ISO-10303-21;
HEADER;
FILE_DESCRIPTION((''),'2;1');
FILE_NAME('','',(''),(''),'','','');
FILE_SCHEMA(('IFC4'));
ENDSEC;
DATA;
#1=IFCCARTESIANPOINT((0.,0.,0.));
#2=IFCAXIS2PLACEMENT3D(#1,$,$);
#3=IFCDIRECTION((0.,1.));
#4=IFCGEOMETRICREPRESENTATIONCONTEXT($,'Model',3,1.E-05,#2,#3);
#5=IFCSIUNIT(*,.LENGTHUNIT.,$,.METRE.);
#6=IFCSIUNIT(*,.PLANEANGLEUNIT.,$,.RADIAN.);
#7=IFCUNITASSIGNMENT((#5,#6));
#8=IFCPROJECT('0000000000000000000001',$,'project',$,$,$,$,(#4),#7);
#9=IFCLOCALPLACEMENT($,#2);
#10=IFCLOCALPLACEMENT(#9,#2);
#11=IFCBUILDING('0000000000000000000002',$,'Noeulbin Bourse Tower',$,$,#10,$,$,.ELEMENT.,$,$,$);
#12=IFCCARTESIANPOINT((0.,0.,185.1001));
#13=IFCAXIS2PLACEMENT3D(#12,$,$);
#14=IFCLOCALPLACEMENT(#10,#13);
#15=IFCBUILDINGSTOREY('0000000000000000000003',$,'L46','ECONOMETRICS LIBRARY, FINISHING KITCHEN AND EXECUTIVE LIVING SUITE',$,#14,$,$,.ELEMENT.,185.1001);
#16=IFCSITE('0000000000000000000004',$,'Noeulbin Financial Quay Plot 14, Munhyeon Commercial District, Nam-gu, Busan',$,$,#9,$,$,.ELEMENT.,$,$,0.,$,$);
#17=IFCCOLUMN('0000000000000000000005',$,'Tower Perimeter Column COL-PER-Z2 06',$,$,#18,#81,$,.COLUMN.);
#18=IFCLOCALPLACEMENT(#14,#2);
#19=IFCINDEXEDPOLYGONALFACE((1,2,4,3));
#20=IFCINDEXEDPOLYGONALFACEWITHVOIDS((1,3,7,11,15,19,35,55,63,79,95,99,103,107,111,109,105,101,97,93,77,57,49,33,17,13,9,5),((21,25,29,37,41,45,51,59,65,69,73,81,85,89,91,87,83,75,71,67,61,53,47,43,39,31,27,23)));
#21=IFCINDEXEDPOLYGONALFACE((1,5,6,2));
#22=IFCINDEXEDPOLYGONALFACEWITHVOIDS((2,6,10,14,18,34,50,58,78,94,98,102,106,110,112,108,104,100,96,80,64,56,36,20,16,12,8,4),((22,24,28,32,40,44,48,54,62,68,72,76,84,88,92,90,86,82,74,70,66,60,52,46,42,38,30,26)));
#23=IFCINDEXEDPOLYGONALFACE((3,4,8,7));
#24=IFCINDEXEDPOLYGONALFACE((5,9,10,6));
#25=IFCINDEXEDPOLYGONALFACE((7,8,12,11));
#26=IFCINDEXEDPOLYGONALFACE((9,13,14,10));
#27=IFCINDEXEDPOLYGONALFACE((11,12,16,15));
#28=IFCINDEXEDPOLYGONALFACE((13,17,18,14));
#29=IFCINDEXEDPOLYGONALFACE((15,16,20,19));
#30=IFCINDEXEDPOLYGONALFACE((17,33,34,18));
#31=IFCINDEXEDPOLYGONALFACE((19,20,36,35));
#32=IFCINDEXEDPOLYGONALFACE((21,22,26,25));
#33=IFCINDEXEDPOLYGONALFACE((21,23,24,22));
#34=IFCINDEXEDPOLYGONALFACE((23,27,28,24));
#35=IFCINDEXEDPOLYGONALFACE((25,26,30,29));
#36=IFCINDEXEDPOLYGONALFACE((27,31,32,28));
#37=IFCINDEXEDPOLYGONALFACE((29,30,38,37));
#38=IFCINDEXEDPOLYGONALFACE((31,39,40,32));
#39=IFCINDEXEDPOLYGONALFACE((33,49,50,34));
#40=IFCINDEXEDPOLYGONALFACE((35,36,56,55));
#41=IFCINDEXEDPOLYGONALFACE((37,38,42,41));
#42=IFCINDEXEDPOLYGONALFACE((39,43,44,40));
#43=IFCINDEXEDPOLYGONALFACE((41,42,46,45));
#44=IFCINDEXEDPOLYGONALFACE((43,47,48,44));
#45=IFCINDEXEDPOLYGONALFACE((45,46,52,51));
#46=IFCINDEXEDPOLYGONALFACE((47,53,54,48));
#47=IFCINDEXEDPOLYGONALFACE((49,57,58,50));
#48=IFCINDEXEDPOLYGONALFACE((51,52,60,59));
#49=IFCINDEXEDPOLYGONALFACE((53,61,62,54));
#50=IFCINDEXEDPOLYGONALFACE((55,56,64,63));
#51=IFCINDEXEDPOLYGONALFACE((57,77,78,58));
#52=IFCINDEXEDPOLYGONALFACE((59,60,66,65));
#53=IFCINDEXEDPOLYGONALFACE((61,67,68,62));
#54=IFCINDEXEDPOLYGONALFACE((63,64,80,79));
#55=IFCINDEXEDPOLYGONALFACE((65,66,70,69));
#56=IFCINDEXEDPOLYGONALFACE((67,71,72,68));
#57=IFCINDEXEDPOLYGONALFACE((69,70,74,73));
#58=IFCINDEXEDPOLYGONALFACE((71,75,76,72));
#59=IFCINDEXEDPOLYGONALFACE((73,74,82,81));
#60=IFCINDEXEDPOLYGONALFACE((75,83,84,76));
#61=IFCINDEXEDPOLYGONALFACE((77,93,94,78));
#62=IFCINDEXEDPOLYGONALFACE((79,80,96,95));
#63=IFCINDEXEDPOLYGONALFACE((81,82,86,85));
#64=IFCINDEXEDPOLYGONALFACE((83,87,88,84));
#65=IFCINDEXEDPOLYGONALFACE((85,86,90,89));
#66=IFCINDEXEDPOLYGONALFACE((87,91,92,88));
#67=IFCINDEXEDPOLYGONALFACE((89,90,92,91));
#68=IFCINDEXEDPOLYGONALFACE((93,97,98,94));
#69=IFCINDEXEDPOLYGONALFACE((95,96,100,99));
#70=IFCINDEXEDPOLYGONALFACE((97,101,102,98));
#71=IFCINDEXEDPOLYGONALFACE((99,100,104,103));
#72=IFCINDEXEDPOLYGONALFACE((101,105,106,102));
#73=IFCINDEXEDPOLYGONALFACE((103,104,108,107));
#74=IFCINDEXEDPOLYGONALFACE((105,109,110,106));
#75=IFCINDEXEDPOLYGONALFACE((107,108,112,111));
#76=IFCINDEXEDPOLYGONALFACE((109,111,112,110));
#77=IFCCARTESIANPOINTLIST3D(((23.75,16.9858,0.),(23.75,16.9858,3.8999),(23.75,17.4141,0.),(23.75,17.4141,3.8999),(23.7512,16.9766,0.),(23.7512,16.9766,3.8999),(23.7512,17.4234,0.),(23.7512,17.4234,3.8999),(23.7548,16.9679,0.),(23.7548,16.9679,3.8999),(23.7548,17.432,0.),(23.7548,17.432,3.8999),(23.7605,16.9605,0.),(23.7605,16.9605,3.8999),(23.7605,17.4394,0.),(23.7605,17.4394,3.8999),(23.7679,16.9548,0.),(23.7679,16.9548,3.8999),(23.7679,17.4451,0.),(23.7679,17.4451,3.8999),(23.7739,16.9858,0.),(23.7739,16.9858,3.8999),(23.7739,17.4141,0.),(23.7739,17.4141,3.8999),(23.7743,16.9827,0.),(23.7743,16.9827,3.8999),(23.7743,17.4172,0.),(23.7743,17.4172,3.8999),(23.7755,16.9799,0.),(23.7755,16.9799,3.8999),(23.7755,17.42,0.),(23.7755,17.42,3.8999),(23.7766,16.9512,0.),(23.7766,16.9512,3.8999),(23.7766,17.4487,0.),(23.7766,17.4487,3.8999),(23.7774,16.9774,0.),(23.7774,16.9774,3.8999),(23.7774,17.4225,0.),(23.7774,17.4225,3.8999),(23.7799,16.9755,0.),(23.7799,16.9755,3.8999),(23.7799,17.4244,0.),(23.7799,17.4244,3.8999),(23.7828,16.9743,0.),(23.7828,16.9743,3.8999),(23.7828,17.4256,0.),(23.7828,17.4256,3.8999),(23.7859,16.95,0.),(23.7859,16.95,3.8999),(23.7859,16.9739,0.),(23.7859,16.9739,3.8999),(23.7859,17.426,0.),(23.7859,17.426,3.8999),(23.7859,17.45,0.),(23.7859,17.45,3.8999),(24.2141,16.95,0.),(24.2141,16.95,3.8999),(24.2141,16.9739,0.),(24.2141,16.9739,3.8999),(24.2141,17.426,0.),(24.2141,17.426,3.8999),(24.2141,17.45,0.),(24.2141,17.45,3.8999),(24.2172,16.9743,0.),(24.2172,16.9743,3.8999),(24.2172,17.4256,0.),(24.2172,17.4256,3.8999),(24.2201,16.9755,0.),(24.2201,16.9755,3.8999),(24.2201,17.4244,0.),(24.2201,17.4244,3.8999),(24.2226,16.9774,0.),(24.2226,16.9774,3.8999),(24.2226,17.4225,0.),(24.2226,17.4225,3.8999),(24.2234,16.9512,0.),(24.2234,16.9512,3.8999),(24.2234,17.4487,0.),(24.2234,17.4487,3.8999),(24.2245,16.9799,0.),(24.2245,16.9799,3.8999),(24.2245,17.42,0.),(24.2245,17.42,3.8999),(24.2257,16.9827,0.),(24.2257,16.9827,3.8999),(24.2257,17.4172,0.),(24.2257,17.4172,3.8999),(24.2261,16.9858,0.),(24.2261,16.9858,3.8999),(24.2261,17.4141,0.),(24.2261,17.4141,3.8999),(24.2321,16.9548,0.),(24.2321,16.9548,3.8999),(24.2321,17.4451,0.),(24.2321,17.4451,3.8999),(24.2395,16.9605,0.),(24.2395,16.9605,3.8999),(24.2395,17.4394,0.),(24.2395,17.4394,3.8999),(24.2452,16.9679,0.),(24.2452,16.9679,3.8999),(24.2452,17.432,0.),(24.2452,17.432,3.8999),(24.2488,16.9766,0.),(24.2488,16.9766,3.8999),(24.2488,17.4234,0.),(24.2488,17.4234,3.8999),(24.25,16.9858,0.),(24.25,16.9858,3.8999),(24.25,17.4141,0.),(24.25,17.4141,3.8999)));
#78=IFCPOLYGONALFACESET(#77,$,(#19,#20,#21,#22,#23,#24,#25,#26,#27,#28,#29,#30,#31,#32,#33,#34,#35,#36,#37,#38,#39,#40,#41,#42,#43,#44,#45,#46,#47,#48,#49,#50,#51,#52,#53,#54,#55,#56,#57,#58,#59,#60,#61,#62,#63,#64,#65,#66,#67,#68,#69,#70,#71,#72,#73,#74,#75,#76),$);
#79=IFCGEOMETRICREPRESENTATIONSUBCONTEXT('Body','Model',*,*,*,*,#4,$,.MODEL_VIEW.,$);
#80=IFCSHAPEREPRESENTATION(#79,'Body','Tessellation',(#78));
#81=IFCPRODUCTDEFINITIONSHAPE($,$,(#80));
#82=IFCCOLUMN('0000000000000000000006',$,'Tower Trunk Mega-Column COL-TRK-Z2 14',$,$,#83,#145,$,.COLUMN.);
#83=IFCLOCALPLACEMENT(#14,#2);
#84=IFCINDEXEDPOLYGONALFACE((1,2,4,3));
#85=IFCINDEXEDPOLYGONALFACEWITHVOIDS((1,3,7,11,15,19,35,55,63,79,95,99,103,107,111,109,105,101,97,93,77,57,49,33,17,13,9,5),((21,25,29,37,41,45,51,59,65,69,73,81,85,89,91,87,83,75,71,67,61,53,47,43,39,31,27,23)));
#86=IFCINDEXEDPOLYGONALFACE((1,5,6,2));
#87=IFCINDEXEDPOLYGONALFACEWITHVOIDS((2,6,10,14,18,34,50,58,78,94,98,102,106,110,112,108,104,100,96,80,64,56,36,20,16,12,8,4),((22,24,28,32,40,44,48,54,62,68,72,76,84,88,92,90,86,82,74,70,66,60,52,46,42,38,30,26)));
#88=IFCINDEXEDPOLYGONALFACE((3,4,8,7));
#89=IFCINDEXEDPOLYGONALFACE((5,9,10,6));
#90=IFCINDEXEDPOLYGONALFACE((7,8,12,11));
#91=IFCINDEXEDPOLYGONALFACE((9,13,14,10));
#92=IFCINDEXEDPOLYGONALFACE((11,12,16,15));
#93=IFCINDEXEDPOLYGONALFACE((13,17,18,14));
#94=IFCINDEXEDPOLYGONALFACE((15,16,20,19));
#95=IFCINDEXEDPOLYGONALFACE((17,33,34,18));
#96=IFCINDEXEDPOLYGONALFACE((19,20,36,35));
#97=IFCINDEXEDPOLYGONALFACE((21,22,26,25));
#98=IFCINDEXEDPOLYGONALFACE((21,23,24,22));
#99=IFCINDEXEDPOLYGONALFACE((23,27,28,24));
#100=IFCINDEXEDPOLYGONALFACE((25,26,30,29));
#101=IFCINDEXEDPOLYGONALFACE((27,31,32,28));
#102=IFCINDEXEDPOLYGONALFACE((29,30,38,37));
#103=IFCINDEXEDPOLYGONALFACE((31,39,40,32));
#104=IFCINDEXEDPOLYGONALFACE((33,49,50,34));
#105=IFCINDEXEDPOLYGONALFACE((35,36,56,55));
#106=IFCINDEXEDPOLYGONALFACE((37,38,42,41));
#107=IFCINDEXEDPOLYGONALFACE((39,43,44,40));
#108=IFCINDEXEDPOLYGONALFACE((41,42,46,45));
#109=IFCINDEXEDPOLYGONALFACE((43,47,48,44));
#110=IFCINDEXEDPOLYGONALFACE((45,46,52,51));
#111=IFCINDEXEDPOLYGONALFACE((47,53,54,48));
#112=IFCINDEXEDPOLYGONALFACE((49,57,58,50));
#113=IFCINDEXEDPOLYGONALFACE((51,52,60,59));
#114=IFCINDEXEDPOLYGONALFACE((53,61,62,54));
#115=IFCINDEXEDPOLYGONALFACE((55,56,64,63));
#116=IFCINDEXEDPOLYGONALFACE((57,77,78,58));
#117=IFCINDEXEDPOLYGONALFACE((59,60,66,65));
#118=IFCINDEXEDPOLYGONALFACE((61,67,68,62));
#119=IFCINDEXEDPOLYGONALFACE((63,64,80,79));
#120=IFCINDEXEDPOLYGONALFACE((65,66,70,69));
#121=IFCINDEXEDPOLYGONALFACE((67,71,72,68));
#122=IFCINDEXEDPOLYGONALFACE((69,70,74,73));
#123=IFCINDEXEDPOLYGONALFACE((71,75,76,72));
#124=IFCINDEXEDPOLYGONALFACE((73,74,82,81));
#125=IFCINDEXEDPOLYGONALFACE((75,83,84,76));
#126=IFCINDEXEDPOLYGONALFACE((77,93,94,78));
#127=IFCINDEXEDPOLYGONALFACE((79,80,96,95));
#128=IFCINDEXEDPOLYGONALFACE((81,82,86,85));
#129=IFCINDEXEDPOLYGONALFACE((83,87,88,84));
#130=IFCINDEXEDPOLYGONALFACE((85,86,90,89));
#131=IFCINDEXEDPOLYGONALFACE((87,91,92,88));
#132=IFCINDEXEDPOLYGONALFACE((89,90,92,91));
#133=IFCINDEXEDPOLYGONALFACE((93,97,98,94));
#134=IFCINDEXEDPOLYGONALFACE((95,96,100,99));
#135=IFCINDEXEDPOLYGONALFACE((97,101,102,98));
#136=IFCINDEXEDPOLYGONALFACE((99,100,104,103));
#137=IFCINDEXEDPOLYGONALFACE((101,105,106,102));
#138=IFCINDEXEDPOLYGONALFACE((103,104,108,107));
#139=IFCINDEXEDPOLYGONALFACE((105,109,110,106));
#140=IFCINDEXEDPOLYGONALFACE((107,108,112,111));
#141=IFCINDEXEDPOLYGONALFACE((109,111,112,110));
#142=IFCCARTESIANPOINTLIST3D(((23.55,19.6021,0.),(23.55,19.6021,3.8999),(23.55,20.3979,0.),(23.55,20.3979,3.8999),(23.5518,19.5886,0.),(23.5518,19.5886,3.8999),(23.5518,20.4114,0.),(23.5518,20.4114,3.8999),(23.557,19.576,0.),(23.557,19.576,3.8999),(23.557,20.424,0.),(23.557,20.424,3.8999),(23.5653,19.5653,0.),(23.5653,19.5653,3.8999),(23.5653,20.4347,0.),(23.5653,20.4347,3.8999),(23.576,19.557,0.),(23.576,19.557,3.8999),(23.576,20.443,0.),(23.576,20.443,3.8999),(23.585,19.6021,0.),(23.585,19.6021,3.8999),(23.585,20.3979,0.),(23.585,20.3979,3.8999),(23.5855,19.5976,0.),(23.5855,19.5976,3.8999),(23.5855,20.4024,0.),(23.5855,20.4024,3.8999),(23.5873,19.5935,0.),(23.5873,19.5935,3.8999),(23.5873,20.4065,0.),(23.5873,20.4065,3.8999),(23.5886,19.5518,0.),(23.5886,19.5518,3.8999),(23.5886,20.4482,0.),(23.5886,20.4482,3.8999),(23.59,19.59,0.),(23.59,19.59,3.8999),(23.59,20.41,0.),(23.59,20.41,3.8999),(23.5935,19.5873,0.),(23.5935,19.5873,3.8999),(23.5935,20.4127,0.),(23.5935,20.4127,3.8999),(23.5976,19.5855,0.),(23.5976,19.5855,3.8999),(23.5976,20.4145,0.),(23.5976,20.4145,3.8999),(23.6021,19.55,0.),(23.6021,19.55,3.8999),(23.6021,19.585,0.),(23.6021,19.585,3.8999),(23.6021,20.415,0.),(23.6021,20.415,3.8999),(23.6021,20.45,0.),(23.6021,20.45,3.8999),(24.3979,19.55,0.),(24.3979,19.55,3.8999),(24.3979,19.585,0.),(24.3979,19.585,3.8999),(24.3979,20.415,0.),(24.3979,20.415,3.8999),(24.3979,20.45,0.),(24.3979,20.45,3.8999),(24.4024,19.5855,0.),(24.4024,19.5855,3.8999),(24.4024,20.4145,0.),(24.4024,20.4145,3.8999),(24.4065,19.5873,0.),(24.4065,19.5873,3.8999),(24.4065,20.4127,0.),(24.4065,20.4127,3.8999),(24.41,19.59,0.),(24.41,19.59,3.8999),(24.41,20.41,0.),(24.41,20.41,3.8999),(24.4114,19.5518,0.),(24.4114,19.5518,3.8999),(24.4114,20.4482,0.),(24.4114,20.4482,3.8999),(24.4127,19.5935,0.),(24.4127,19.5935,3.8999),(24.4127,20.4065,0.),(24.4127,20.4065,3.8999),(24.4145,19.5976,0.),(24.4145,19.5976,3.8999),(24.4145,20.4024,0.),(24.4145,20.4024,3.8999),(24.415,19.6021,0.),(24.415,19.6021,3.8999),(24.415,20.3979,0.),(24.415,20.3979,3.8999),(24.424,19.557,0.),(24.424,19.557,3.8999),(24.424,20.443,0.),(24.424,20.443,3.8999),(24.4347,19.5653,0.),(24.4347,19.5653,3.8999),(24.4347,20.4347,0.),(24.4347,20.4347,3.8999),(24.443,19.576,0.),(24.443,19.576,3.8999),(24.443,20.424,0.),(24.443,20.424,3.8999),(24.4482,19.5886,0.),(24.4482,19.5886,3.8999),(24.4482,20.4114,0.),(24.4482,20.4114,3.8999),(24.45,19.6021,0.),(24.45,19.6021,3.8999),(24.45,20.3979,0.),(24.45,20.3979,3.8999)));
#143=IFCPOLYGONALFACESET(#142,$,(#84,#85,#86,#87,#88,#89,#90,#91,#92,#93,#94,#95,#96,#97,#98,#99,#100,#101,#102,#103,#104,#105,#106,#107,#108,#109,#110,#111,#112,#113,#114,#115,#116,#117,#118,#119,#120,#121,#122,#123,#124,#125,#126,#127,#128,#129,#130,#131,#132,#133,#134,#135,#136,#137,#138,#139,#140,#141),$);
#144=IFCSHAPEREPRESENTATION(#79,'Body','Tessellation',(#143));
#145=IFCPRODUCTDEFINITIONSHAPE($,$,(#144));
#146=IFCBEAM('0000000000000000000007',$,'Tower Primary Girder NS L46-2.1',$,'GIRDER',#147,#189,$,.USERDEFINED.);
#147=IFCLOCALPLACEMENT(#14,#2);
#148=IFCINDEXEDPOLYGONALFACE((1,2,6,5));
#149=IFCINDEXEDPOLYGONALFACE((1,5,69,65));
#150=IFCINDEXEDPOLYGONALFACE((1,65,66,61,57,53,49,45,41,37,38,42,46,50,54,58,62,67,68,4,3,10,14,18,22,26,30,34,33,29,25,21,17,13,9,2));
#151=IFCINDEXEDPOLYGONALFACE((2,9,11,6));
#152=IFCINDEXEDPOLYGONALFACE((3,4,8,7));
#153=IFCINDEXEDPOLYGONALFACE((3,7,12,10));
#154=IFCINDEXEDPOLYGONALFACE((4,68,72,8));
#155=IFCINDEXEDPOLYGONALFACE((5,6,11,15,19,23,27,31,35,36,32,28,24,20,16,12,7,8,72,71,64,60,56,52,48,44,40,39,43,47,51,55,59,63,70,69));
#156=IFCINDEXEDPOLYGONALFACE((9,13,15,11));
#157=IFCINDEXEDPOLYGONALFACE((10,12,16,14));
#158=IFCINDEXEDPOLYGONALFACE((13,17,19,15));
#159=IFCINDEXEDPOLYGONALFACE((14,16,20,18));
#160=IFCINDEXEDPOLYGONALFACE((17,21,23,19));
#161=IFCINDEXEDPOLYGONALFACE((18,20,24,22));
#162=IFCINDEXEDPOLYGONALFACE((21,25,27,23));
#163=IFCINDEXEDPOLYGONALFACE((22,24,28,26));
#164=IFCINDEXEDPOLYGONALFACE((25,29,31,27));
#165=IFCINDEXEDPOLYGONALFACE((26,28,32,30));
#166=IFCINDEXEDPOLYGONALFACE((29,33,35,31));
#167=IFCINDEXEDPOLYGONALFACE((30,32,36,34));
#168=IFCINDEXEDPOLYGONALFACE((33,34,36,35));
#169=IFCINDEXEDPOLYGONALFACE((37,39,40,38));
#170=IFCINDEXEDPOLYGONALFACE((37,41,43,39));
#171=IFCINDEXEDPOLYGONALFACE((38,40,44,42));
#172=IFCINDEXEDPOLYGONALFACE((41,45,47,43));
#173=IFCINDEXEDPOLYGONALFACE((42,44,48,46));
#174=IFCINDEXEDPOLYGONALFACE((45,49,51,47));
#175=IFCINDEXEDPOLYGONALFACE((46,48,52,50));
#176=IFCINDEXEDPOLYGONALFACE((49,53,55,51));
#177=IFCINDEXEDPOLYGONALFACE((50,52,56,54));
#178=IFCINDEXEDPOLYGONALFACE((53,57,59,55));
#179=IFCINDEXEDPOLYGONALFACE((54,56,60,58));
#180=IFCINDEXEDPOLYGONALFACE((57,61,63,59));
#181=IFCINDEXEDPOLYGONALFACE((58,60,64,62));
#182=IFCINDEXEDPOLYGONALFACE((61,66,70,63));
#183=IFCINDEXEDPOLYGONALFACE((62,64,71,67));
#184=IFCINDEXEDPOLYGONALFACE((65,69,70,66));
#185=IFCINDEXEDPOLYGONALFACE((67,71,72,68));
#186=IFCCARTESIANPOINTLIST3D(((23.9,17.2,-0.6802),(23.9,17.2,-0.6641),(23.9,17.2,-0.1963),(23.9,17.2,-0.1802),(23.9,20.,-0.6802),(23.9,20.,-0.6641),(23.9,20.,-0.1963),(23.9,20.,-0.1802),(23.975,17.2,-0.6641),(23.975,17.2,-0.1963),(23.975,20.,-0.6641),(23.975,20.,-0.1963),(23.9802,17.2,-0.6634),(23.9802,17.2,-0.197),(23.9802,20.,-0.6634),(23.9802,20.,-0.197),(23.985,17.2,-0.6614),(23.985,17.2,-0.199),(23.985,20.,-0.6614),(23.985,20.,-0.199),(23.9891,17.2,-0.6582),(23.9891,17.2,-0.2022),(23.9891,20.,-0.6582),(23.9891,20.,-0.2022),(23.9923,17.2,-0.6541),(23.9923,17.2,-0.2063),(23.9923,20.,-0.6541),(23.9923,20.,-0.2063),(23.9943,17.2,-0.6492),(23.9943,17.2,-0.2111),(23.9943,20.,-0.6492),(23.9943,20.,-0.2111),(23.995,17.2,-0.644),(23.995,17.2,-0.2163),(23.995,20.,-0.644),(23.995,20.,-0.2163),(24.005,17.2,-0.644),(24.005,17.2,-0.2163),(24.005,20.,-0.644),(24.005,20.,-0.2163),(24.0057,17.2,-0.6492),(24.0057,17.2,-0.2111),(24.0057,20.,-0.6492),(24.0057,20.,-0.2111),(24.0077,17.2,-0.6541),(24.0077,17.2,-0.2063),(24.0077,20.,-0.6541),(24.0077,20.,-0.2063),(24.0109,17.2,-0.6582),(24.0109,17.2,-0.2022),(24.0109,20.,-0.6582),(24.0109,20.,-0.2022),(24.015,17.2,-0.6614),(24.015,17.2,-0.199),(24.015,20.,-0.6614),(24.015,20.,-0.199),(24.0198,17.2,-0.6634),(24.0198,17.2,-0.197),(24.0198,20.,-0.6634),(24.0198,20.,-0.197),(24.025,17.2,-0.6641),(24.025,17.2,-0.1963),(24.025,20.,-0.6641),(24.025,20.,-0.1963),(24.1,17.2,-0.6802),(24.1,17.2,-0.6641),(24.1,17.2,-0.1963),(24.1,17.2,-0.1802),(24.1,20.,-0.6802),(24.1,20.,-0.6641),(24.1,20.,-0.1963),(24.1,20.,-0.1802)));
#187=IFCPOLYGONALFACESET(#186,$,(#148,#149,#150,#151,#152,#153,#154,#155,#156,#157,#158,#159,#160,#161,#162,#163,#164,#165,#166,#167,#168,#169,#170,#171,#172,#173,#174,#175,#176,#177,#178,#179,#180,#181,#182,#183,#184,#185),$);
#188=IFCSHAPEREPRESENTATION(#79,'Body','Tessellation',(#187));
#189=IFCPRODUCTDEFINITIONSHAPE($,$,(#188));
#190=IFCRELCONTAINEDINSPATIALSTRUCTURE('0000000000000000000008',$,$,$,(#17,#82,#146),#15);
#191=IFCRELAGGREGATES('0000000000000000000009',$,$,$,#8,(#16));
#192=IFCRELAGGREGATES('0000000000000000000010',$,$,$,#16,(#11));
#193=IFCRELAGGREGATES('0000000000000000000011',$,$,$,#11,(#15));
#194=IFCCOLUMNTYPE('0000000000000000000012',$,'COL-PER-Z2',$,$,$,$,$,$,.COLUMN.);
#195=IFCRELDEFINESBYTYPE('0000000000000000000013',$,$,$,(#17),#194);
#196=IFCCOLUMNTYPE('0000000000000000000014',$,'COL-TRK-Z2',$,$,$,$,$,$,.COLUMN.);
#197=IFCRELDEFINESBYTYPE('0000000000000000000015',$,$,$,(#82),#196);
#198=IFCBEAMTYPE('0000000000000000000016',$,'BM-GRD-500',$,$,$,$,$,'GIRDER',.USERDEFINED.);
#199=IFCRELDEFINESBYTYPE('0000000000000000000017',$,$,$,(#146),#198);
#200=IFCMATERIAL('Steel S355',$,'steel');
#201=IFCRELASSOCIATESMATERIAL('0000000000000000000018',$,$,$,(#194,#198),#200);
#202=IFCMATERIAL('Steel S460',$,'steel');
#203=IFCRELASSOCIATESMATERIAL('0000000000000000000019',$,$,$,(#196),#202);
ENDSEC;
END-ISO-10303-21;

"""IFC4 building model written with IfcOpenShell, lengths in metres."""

from ifc_helpers import new_model, si_unit, direction, frame, origin, origin_2d, place, context, subcontext, project, spatial, hollow_rectangle, i_section, extrude, material, material_profile, profile_set, type_object, element, save


model = new_model("IFC4")

# Units and contexts
model_context = context("Model", 3, precision=1e-05, world=origin(), true_north=direction((0.0, 1.0)))
body_context = subcontext(model_context, "Body", "Model", "MODEL_VIEW")
ifc_project = project(units=[si_unit("LENGTHUNIT", "METRE"), si_unit("PLANEANGLEUNIT", "RADIAN")], contexts=[model_context])

# Site, building, storey
site_placement = place(None, origin())
site = spatial("IfcSite", under=ifc_project, at=site_placement, Name="Noeulbin Financial Quay Plot 14, Munhyeon Commercial District, Nam-gu, Busan", CompositionType="ELEMENT", RefElevation=0.0)
building_placement = place(site_placement, origin())
building = spatial("IfcBuilding", under=site, at=building_placement, Name="Noeulbin Bourse Tower", CompositionType="ELEMENT")
storey_placement = place(building_placement, frame((0.0, 0.0, 185.1001)))
storey = spatial("IfcBuildingStorey", under=building, at=storey_placement, Name="L46", Description="ECONOMETRICS LIBRARY, FINISHING KITCHEN AND EXECUTIVE LIVING SUITE", CompositionType="ELEMENT", Elevation=185.1001)

# Columns
ifc_material_1 = material(Name="Steel S355", Category="steel")
ifc_material_profile_1 = material_profile(ifc_material_1, hollow_rectangle(XDim=0.5, YDim=0.5, WallThickness=0.0239, InnerFilletRadius=0.012, OuterFilletRadius=0.0359, at=origin_2d()), Name="BOX-500x500x24", Category="LoadBearing")
ifc_profile_set_1 = profile_set([ifc_material_profile_1], Name="Steel S355")
column_type_1 = type_object("IfcColumnType", Name="COL-PER-Z2", PredefinedType="COLUMN", material=ifc_profile_set_1)
column_1_placement = place(storey_placement, frame((24.0, 17.2, 0.0), z_axis=(0.0, 0.0, 1.0), x_axis=(1.0, 0.0, 0.0)))
element("IfcColumn", 1, at=column_1_placement, inside=storey, type_object=column_type_1, Name="Tower Perimeter Column COL-PER-Z2 06", PredefinedType="COLUMN", context=body_context, shape_type="SweptSolid", body=[
    extrude(hollow_rectangle(XDim=0.5, YDim=0.5, WallThickness=0.0239, InnerFilletRadius=0.012, OuterFilletRadius=0.0359, at=origin_2d()), origin(), (0.0, 0.0, 1.0), 3.8999),
])
ifc_material_2 = material(Name="Steel S460", Category="steel")
ifc_material_profile_2 = material_profile(ifc_material_2, hollow_rectangle(XDim=0.8999, YDim=0.8999, WallThickness=0.0349, InnerFilletRadius=0.0171, OuterFilletRadius=0.052, at=origin_2d()), Name="BOX-900x900x35", Category="LoadBearing")
ifc_profile_set_2 = profile_set([ifc_material_profile_2], Name="Steel S460")
column_type_2 = type_object("IfcColumnType", Name="COL-TRK-Z2", PredefinedType="COLUMN", material=ifc_profile_set_2)
column_2_placement = place(storey_placement, frame((24.0, 20.0, 0.0), z_axis=(0.0, 0.0, 1.0), x_axis=(1.0, 0.0, 0.0)))
element("IfcColumn", 2, at=column_2_placement, inside=storey, type_object=column_type_2, Name="Tower Trunk Mega-Column COL-TRK-Z2 14", PredefinedType="COLUMN", context=body_context, shape_type="SweptSolid", body=[
    extrude(hollow_rectangle(XDim=0.8999, YDim=0.8999, WallThickness=0.0349, InnerFilletRadius=0.0171, OuterFilletRadius=0.052, at=origin_2d()), origin(), (0.0, 0.0, 1.0), 3.8999),
])

# Beam
ifc_material_profile_3 = material_profile(ifc_material_1, i_section(OverallWidth=0.2, OverallDepth=0.5, WebThickness=0.01, FlangeThickness=0.0161, FilletRadius=0.02, at=origin_2d()), Name="H-500x200x10x16", Category="LoadBearing")
ifc_profile_set_3 = profile_set([ifc_material_profile_3], Name="Steel S355")
beam_type_1 = type_object("IfcBeamType", Name="BM-GRD-500", ElementType="GIRDER", PredefinedType="USERDEFINED", material=ifc_profile_set_3)
beam_1_placement = place(storey_placement, frame((24.0, 17.2, -0.4302), z_axis=(0.0, 1.0, 0.0), x_axis=(-1.0, 0.0, 0.0)))
element("IfcBeam", 3, at=beam_1_placement, inside=storey, type_object=beam_type_1, Name="Tower Primary Girder NS L46-2.1", ObjectType="GIRDER", PredefinedType="USERDEFINED", context=body_context, shape_type="SweptSolid", body=[
    extrude(i_section(OverallWidth=0.2, OverallDepth=0.5, WebThickness=0.01, FlangeThickness=0.0161, FilletRadius=0.02, at=origin_2d()), origin(), (0.0, 0.0, 1.0), 2.8),
])

save(model, "model.ifc")
